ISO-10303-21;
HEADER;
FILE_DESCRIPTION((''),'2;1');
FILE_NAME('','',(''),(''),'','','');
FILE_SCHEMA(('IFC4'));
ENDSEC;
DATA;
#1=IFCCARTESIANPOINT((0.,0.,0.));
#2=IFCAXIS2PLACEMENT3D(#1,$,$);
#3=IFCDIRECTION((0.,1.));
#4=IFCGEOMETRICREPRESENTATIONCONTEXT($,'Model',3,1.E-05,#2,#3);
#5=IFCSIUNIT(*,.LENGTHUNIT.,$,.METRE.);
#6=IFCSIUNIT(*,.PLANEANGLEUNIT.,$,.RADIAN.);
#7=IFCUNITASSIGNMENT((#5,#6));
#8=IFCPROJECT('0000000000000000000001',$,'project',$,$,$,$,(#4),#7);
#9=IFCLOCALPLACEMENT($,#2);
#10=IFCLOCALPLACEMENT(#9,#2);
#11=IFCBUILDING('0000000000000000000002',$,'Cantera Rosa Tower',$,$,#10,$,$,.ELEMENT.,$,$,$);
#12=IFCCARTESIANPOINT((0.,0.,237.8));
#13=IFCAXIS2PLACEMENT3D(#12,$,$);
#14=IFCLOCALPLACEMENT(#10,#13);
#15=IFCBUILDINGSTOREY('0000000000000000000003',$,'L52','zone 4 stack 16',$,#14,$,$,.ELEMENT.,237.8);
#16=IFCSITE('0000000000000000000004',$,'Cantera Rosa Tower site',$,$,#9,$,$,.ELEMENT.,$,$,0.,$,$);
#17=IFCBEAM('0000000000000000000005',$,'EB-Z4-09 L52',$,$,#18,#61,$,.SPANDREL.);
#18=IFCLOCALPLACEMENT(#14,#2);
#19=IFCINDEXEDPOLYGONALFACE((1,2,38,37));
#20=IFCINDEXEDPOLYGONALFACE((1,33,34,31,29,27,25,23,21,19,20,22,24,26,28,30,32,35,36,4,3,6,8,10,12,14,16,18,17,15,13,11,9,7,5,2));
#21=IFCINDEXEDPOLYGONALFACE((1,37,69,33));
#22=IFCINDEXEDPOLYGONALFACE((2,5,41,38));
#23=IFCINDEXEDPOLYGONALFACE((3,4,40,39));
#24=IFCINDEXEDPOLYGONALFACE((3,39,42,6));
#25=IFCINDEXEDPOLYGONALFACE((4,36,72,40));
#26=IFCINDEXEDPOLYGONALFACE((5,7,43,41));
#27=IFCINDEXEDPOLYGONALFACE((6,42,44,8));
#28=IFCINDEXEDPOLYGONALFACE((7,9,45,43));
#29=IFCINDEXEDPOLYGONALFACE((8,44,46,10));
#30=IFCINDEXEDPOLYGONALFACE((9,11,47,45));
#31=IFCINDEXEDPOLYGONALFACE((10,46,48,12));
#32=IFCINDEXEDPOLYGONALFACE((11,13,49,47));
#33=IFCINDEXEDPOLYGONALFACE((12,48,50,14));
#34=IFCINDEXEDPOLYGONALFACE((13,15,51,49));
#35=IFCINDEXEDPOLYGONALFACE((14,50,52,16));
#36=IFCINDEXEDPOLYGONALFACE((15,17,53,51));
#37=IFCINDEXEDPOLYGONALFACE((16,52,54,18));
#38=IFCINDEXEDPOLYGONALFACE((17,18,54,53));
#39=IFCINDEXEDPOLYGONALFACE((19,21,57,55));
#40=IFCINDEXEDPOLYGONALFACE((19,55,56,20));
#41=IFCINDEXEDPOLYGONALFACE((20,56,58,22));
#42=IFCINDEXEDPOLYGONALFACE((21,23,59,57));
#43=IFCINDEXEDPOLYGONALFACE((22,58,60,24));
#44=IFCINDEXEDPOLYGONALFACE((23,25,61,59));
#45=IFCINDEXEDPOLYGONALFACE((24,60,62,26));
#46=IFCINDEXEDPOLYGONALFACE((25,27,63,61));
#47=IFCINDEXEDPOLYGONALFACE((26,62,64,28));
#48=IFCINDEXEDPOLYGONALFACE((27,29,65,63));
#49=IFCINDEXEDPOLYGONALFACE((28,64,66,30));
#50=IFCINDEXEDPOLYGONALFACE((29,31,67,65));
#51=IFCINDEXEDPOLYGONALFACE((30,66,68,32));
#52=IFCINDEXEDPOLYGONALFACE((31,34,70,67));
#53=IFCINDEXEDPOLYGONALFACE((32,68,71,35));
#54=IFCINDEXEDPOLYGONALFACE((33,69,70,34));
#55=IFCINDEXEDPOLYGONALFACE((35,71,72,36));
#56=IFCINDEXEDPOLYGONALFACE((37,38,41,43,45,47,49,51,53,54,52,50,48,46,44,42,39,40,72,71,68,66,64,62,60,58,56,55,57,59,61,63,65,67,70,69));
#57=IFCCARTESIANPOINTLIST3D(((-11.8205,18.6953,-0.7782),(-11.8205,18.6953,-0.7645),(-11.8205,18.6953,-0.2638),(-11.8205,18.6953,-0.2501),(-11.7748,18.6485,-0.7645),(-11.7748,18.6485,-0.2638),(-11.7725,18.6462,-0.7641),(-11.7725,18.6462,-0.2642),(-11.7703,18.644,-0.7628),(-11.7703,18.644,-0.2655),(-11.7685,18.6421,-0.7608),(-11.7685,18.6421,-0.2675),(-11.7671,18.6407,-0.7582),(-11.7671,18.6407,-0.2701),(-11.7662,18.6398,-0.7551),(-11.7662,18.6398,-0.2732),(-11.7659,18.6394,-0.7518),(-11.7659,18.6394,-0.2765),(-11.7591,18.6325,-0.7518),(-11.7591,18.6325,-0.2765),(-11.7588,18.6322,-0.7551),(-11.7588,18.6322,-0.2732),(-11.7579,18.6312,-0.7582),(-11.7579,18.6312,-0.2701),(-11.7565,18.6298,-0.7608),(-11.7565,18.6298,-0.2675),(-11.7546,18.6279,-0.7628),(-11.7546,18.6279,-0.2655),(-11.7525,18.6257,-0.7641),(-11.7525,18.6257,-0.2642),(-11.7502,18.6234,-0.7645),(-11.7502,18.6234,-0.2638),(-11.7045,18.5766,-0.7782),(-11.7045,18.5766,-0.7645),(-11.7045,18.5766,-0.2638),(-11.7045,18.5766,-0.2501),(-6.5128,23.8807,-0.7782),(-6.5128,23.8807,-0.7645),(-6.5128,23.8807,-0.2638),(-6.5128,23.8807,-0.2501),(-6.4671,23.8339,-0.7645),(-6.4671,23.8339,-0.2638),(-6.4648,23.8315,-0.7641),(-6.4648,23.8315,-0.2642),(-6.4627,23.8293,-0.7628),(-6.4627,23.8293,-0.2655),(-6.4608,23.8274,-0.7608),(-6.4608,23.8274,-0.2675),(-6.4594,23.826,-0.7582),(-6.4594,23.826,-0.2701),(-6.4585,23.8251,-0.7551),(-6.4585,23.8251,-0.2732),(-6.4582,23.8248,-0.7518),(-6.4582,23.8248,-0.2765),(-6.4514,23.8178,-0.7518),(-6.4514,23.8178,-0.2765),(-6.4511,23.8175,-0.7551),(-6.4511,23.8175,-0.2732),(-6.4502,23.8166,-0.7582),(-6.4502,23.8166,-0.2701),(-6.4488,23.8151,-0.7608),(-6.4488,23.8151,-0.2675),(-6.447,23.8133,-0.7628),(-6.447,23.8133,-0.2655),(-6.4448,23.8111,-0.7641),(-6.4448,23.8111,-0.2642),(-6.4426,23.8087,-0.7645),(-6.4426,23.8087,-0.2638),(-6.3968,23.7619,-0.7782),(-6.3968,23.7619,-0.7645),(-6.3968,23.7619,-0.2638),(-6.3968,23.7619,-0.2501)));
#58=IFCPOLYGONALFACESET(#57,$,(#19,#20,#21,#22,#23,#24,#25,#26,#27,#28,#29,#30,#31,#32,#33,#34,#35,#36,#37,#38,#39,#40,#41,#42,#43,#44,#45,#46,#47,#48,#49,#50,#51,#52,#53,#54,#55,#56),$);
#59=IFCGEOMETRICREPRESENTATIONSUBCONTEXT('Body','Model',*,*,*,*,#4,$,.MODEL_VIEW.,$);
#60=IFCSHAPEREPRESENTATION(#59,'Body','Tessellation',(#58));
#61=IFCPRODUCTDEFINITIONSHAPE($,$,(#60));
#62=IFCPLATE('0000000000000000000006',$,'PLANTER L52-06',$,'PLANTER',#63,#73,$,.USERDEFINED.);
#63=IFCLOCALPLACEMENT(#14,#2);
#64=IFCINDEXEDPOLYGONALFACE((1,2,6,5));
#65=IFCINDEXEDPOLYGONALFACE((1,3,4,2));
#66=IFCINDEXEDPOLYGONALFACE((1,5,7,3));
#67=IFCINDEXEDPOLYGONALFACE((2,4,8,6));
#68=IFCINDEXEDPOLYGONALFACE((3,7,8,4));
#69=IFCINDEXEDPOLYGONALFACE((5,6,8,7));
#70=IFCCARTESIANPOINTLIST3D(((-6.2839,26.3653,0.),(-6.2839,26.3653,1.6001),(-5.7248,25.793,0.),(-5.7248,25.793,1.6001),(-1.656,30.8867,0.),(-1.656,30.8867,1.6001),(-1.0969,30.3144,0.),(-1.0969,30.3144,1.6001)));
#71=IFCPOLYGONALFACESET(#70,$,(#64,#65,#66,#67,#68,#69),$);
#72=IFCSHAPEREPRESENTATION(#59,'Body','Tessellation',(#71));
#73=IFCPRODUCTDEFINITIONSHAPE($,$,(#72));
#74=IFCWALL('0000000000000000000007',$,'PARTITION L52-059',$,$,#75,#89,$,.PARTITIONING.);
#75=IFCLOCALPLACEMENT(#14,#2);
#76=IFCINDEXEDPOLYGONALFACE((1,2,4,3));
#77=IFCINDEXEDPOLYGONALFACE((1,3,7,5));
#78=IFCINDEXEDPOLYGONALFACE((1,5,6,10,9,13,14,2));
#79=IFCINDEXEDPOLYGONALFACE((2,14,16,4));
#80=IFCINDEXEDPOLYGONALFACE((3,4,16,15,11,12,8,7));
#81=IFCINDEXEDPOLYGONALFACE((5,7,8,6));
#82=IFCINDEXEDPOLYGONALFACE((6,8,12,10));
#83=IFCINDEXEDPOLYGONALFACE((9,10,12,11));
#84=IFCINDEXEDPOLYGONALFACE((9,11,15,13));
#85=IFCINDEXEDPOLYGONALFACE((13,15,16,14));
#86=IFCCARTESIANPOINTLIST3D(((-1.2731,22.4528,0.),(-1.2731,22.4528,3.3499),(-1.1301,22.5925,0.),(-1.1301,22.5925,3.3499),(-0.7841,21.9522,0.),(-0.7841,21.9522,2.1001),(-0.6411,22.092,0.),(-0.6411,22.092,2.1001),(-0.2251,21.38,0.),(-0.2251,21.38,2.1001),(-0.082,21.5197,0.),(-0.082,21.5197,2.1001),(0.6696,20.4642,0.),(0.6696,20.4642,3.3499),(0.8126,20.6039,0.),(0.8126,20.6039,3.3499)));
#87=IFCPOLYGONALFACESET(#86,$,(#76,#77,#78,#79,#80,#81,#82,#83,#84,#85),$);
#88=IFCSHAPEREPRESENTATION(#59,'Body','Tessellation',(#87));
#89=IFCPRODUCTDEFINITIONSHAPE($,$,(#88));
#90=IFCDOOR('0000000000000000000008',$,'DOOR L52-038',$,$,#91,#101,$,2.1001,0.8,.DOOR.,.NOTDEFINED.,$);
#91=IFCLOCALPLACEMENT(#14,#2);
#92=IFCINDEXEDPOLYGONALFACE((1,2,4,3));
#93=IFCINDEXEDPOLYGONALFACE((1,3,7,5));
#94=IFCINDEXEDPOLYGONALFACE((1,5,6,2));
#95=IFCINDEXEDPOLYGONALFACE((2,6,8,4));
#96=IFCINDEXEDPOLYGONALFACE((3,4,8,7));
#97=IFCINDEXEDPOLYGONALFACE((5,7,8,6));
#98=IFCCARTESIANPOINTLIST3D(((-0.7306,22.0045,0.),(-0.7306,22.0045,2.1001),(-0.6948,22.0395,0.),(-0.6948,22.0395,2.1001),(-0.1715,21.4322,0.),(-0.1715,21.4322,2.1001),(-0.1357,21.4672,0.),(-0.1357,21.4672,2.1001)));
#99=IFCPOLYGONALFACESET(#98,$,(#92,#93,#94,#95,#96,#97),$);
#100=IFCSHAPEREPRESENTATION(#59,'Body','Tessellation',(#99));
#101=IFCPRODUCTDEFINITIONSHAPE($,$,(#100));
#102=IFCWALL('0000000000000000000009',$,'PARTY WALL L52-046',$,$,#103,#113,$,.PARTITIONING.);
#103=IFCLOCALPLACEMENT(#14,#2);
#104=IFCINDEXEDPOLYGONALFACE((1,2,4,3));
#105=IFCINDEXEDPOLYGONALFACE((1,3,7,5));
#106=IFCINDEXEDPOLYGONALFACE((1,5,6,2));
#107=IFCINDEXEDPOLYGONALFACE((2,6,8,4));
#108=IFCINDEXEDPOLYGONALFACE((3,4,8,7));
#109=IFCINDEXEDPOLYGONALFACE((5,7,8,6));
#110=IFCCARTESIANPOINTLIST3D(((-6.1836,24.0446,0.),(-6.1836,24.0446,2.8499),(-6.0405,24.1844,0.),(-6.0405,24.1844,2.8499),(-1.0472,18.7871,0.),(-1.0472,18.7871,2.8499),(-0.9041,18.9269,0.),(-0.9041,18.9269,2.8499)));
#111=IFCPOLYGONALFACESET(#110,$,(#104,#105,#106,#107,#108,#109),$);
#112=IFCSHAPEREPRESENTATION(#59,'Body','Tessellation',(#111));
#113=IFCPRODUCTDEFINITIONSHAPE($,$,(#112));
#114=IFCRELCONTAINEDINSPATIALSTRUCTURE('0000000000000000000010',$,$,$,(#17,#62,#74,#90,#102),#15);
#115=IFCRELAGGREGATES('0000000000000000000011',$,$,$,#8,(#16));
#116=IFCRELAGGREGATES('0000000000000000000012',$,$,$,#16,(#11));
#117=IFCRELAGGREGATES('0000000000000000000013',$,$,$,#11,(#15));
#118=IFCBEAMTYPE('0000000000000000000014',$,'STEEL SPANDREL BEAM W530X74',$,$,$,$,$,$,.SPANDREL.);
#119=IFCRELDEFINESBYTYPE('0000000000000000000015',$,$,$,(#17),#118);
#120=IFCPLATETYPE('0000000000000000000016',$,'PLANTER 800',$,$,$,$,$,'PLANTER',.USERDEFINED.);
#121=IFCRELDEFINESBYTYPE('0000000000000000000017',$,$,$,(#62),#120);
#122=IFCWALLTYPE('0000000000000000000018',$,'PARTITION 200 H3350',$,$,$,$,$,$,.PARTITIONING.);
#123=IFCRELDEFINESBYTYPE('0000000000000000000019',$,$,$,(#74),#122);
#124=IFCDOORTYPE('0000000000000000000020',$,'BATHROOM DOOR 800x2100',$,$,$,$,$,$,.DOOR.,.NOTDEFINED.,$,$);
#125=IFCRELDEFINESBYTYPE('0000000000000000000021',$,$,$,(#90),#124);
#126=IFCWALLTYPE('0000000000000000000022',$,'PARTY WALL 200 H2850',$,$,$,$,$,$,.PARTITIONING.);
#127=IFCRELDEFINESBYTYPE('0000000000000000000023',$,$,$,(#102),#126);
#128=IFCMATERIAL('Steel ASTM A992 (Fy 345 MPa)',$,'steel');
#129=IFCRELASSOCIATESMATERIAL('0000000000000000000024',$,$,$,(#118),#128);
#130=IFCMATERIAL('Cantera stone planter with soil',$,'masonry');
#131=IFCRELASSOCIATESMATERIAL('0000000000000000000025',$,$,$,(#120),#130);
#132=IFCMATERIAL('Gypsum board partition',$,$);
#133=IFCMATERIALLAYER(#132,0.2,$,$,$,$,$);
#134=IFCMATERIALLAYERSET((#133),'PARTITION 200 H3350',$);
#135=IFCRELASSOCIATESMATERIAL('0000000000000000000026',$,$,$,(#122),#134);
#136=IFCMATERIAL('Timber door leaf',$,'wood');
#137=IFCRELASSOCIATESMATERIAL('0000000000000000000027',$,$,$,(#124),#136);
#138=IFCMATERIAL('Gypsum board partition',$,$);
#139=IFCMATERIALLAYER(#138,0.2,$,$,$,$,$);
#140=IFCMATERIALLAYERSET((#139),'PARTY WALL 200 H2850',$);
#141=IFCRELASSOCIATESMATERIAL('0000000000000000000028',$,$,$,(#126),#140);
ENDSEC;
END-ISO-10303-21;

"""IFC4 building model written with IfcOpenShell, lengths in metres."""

from ifc_helpers import new_model, si_unit, direction, frame, frame_2d, origin, origin_2d, place, context, subcontext, project, spatial, rectangle, i_section, extrude, material, layer, layer_set, material_profile, profile_set, type_object, element, fill, save


model = new_model("IFC4")

# Units and contexts
model_context = context("Model", 3, precision=1e-05, world=origin(), true_north=direction((0.0, 1.0)))
body_context = subcontext(model_context, "Body", "Model", "MODEL_VIEW")
ifc_project = project(units=[si_unit("LENGTHUNIT", "METRE"), si_unit("PLANEANGLEUNIT", "RADIAN")], contexts=[model_context])

# Site, building, storey
site_placement = place(None, origin())
site = spatial("IfcSite", under=ifc_project, at=site_placement, Name="Cantera Rosa Tower site", CompositionType="ELEMENT", RefElevation=0.0)
building_placement = place(site_placement, origin())
building = spatial("IfcBuilding", under=site, at=building_placement, Name="Cantera Rosa Tower", CompositionType="ELEMENT")
storey_placement = place(building_placement, frame((0.0, 0.0, 237.8)))
storey = spatial("IfcBuildingStorey", under=building, at=storey_placement, Name="L52", Description="zone 4 stack 16", CompositionType="ELEMENT", Elevation=237.8)

# Beam
ifc_material_1 = material(Name="Steel ASTM A992 (Fy 345 MPa)", Category="steel")
ifc_material_profile_1 = material_profile(ifc_material_1, i_section(OverallWidth=0.166, OverallDepth=0.5281, WebThickness=0.0098, FlangeThickness=0.0137, FilletRadius=0.0127, at=origin_2d()), Name="W530X74")
ifc_profile_set_1 = profile_set([ifc_material_profile_1], Name="Steel ASTM A992 (Fy 345 MPa)")
beam_type_1 = type_object("IfcBeamType", Name="STEEL SPANDREL BEAM W530X74", PredefinedType="SPANDREL", material=ifc_profile_set_1)
beam_1_placement = place(storey_placement, frame((-6.4548, 23.8213, -0.5142), z_axis=(-0.715301, -0.698817, 0.0), x_axis=(0.698817, -0.715301, 0.0)))
element("IfcBeam", 1, at=beam_1_placement, inside=storey, type_object=beam_type_1, Name="EB-Z4-09 L52", PredefinedType="SPANDREL", context=body_context, shape_type="SweptSolid", body=[
    extrude(i_section(OverallWidth=0.166, OverallDepth=0.5281, WebThickness=0.0098, FlangeThickness=0.0137, FilletRadius=0.0127, at=origin_2d()), origin(), (0.0, 0.0, 1.0), 7.4202),
])

# Plate
ifc_material_2 = material(Name="Cantera stone planter with soil", Category="masonry")
plate_type = type_object("IfcPlateType", Name="PLANTER 800", ElementType="PLANTER", PredefinedType="USERDEFINED", material=ifc_material_2)
plate_placement = place(storey_placement, frame((-3.6904, 28.3398, 0.0), z_axis=(0.0, 0.0, 1.0), x_axis=(-0.715286, -0.698832, 0.0)))
element("IfcPlate", 2, at=plate_placement, inside=storey, type_object=plate_type, Name="PLANTER L52-06", ObjectType="PLANTER", PredefinedType="USERDEFINED", context=body_context, shape_type="SweptSolid", body=[
    extrude(rectangle(XDim=6.47, YDim=0.8, at=origin_2d()), origin(), (0.0, 0.0, 1.0), 1.6001),
])

# Wall, opening, door
ifc_material_3 = material(Name="Gypsum board partition")
ifc_layer_1 = layer(ifc_material_3, 0.2)
ifc_layer_set_1 = layer_set([ifc_layer_1], Name="PARTITION 200 H3350")
wall_type_1 = type_object("IfcWallType", Name="PARTITION 200 H3350", PredefinedType="PARTITIONING", material=ifc_layer_set_1)
wall_1_placement = place(storey_placement, frame((-1.2017, 22.5227, 0.0), z_axis=(0.0, 0.0, 1.0), x_axis=(0.698803, -0.715314, 0.0)))
wall_1 = element("IfcWall", 3, at=wall_1_placement, inside=storey, type_object=wall_type_1, Name="PARTITION L52-059", PredefinedType="PARTITIONING", context=body_context, shape_type="SweptSolid", body=[
    extrude(rectangle(XDim=2.78, YDim=0.2, at=frame_2d((1.3901, 0.0))), origin(), (0.0, 0.0, 1.0), 3.3499),
])
opening_1_placement = place(wall_1_placement, frame((0.7, 0.0, 0.0)))
opening_1 = element("IfcOpeningElement", 4, at=opening_1_placement, cuts=wall_1, PredefinedType="OPENING", context=body_context, shape_type="SweptSolid", body=[
    extrude(rectangle(XDim=0.8, YDim=2.1001, at=frame_2d((0.3999, 1.05))), frame((0.0, 0.1099, 0.0), z_axis=(0.0, -1.0, 0.0), x_axis=(1.0, 0.0, 0.0)), (0.0, 0.0, 1.0), 0.22),
])
ifc_material_4 = material(Name="Timber door leaf", Category="wood")
door_type_1 = type_object("IfcDoorType", Name="BATHROOM DOOR 800x2100", OperationType="NOTDEFINED", PredefinedType="DOOR", material=ifc_material_4)
door_1_placement = place(opening_1_placement, origin())
door_1 = element("IfcDoor", 5, at=door_1_placement, inside=storey, type_object=door_type_1, Name="DOOR L52-038", OperationType="NOTDEFINED", OverallHeight=2.1001, OverallWidth=0.8, PredefinedType="DOOR", context=body_context, shape_type="SweptSolid", body=[
    extrude(rectangle(XDim=0.8, YDim=2.1001, at=frame_2d((0.3999, 1.05))), frame((0.0, 0.0249, 0.0), z_axis=(0.0, -1.0, 0.0), x_axis=(1.0, 0.0, 0.0)), (0.0, 0.0, 1.0), 0.05),
])
fill(opening_1, door_1)

# Wall
ifc_material_5 = material(Name="Gypsum board partition")
ifc_layer_2 = layer(ifc_material_5, 0.2)
ifc_layer_set_2 = layer_set([ifc_layer_2], Name="PARTY WALL 200 H2850")
wall_type_2 = type_object("IfcWallType", Name="PARTY WALL 200 H2850", PredefinedType="PARTITIONING", material=ifc_layer_set_2)
wall_2_placement = place(storey_placement, frame((-6.1121, 24.1145, 0.0), z_axis=(0.0, 0.0, 1.0), x_axis=(0.698821, -0.715296, 0.0)))
element("IfcWall", 6, at=wall_2_placement, inside=storey, type_object=wall_type_2, Name="PARTY WALL L52-046", PredefinedType="PARTITIONING", context=body_context, shape_type="SweptSolid", body=[
    extrude(rectangle(XDim=7.3501, YDim=0.2, at=frame_2d((3.675, 0.0))), origin(), (0.0, 0.0, 1.0), 2.8499),
])

save(model, "model.ifc")
